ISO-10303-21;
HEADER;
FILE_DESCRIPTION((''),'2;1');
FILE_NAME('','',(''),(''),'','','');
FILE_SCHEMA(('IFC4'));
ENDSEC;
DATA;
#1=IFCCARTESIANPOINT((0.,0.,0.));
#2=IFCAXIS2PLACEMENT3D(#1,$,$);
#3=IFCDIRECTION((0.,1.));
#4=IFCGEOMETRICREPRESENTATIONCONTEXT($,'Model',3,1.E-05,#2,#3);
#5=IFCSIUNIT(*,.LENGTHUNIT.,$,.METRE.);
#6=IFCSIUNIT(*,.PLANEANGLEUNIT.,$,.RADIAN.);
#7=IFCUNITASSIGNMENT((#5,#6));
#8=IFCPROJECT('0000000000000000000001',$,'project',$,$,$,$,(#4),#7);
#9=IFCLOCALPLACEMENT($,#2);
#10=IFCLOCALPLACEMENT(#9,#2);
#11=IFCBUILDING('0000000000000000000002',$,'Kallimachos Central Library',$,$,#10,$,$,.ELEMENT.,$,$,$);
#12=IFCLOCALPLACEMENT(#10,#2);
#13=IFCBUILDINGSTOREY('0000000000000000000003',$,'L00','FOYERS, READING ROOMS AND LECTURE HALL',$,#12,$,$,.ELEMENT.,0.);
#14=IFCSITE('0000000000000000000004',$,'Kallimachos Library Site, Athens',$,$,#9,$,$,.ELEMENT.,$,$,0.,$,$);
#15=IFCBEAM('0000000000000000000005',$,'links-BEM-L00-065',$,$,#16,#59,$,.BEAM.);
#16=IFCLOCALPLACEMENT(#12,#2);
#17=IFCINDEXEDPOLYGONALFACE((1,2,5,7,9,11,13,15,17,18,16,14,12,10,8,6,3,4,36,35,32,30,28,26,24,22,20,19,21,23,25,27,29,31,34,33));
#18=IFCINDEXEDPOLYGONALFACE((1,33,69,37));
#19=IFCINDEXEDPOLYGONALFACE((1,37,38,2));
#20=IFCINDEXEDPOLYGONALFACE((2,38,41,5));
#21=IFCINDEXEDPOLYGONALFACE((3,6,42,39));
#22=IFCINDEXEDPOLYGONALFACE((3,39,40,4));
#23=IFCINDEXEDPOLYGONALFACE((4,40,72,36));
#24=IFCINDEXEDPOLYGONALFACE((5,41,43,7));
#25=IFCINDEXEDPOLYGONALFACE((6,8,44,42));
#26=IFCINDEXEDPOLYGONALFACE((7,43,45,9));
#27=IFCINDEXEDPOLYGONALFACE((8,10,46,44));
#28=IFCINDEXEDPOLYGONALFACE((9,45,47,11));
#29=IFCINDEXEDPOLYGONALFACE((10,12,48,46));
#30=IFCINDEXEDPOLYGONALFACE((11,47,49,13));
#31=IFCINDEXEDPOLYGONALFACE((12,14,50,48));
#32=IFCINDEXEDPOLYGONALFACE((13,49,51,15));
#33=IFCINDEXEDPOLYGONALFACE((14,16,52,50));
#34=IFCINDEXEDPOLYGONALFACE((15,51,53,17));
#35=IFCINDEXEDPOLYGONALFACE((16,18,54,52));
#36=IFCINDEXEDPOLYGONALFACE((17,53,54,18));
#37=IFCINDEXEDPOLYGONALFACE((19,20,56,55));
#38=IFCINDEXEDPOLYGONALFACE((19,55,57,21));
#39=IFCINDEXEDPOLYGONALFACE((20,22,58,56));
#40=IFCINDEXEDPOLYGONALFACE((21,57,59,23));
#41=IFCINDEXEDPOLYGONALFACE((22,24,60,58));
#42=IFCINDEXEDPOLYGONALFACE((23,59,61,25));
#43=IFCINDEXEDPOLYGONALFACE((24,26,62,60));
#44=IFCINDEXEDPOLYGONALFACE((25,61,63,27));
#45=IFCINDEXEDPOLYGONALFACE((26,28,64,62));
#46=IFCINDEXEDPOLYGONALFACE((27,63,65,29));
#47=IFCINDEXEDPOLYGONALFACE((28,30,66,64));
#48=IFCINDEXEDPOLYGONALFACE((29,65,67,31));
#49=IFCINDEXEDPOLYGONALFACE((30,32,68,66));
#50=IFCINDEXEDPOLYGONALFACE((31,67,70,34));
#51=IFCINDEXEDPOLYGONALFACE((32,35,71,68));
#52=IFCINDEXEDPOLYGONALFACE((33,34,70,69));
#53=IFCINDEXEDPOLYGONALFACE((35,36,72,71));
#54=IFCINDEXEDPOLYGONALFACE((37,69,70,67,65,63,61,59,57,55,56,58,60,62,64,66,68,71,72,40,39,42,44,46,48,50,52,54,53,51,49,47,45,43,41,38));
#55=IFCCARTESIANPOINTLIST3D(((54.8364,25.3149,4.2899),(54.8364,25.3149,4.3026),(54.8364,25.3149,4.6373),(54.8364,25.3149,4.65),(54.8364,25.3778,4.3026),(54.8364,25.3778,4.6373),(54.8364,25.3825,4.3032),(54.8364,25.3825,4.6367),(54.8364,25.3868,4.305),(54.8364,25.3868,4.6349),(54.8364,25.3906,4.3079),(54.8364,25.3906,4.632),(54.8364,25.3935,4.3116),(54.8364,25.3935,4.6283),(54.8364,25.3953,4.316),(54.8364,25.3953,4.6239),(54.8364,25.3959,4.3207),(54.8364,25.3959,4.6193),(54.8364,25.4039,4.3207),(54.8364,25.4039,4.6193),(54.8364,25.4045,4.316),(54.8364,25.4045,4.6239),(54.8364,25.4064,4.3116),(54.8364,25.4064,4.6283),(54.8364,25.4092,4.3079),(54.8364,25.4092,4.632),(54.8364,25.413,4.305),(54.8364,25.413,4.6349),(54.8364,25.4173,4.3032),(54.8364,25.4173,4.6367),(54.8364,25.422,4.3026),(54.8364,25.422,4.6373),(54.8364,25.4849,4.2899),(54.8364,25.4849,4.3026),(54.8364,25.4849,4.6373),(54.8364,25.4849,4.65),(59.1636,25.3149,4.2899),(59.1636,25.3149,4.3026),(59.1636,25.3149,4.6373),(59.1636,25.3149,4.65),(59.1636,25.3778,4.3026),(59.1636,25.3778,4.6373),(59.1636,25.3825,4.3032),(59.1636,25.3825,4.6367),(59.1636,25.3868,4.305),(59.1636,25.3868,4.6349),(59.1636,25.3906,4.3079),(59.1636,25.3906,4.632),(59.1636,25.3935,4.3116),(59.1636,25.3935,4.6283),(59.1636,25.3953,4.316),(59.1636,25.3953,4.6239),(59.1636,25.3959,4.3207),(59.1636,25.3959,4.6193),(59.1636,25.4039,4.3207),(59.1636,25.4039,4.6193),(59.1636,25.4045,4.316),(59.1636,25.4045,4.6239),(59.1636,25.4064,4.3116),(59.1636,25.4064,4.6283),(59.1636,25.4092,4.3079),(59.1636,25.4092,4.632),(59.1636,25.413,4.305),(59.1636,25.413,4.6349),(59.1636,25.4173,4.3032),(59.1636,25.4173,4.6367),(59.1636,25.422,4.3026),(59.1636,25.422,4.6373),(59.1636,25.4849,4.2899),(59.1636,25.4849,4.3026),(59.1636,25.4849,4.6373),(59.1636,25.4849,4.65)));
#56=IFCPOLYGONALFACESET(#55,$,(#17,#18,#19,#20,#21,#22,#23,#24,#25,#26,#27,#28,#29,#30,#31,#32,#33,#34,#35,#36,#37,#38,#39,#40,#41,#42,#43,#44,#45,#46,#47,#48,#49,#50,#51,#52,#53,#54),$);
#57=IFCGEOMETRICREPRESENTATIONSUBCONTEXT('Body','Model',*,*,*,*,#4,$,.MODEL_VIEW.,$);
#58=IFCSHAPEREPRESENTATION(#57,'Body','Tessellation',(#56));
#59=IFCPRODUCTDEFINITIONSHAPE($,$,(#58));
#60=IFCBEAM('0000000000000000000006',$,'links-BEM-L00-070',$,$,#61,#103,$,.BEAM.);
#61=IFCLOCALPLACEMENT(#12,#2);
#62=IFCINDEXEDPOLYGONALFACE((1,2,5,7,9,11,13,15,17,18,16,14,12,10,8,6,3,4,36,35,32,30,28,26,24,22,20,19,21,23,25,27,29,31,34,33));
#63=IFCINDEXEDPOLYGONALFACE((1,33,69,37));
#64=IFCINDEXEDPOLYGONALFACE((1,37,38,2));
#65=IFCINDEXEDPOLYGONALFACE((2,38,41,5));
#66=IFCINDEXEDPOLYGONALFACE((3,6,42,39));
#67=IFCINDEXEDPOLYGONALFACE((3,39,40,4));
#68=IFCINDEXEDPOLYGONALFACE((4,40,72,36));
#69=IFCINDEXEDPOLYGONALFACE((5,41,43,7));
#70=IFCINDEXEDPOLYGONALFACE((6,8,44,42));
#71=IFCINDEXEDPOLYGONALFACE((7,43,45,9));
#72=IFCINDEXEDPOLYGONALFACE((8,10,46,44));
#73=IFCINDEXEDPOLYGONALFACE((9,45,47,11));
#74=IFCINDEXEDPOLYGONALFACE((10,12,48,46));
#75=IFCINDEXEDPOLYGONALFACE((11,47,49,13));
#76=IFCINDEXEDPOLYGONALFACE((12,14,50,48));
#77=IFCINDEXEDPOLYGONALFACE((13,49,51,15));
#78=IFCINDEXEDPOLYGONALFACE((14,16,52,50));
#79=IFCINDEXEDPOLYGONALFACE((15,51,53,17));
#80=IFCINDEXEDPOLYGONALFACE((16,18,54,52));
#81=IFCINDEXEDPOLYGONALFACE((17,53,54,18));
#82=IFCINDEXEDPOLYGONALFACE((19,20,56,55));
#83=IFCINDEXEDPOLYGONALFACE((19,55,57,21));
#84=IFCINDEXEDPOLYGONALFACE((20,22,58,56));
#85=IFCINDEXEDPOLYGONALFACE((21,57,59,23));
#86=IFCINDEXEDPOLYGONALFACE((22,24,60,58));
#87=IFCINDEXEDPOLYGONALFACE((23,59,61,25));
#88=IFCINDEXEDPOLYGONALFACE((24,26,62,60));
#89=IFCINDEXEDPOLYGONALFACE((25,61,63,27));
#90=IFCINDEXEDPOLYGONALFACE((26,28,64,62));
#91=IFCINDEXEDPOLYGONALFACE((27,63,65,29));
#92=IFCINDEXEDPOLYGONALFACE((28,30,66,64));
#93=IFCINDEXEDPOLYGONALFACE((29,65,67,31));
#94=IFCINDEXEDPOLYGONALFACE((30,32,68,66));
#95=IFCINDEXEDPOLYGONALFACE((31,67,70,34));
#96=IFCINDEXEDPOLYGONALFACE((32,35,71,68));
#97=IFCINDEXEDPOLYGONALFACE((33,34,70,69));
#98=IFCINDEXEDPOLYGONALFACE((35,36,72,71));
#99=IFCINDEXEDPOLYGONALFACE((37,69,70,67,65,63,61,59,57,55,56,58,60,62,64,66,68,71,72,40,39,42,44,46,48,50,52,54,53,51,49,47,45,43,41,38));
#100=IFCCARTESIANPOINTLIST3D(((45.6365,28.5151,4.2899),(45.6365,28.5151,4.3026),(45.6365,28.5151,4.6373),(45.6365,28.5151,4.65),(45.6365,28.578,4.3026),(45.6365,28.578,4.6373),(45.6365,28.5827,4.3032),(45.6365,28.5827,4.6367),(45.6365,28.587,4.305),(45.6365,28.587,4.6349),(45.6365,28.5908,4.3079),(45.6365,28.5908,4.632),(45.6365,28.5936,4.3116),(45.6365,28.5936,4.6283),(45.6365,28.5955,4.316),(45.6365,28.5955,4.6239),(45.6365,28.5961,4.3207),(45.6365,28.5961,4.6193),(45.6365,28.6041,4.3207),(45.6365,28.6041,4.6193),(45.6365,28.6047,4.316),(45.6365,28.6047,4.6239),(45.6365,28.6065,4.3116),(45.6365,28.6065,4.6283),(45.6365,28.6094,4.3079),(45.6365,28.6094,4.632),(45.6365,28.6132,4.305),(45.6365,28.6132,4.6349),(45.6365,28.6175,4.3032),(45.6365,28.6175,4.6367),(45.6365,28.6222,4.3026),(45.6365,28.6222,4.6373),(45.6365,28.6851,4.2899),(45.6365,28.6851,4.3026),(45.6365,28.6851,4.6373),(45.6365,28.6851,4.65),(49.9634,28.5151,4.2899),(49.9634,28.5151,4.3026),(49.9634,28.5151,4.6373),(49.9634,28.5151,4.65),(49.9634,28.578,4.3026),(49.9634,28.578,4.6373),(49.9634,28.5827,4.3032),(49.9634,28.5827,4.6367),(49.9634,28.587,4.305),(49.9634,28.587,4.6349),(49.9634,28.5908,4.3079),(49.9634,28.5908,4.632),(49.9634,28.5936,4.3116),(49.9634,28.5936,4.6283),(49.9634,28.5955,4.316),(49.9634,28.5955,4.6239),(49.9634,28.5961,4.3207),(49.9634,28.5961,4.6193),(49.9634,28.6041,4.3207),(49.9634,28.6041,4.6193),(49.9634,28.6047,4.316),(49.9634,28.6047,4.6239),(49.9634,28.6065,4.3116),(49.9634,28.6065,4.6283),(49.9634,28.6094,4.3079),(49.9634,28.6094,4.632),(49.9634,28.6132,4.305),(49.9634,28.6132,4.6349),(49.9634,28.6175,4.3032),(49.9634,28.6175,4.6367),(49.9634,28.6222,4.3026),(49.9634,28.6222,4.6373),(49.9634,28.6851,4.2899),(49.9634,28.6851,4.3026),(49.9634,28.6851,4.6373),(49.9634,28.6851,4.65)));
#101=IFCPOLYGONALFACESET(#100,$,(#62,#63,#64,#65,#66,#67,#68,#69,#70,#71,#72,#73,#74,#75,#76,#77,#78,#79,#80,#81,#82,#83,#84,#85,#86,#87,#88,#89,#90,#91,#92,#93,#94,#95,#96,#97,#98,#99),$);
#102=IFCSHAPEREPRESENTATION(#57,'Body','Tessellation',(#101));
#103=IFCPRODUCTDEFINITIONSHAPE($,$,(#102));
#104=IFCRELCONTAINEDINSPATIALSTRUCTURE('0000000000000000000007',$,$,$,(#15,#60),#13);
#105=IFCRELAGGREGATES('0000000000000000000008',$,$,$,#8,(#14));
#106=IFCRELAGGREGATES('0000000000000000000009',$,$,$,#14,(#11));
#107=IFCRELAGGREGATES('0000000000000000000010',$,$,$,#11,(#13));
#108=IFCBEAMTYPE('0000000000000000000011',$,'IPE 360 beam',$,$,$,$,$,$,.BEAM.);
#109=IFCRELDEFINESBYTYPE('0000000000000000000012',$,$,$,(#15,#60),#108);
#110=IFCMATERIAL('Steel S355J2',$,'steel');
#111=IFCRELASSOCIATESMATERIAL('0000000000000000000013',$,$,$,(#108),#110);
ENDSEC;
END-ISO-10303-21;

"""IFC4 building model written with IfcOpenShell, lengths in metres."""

from ifc_helpers import new_model, si_unit, direction, frame, origin, origin_2d, place, context, subcontext, project, spatial, i_section, extrude, material, material_profile, profile_set, type_object, element, save


model = new_model("IFC4")

# Units and contexts
model_context = context("Model", 3, precision=1e-05, world=origin(), true_north=direction((0.0, 1.0)))
body_context = subcontext(model_context, "Body", "Model", "MODEL_VIEW")
ifc_project = project(units=[si_unit("LENGTHUNIT", "METRE"), si_unit("PLANEANGLEUNIT", "RADIAN")], contexts=[model_context])

# Site, building, storey
site_placement = place(None, origin())
site = spatial("IfcSite", under=ifc_project, at=site_placement, Name="Kallimachos Library Site, Athens", CompositionType="ELEMENT", RefElevation=0.0)
building_placement = place(site_placement, origin())
building = spatial("IfcBuilding", under=site, at=building_placement, Name="Kallimachos Central Library", CompositionType="ELEMENT")
storey_placement = place(building_placement, origin())
storey = spatial("IfcBuildingStorey", under=building, at=storey_placement, Name="L00", Description="FOYERS, READING ROOMS AND LECTURE HALL", CompositionType="ELEMENT", Elevation=0.0)

# Beams
ifc_material_1 = material(Name="Steel S355J2", Category="steel")
ifc_material_profile_1 = material_profile(ifc_material_1, i_section(OverallWidth=0.1699, OverallDepth=0.3601, WebThickness=0.0081, FlangeThickness=0.0127, FilletRadius=0.0181, at=origin_2d()), Name="IPE 360")
ifc_profile_set_1 = profile_set([ifc_material_profile_1], Name="Steel S355J2")
beam_type_1 = type_object("IfcBeamType", Name="IPE 360 beam", PredefinedType="BEAM", material=ifc_profile_set_1)
beam_1_placement = place(storey_placement, frame((54.8364, 25.3999, 4.47), z_axis=(1.0, 0.0, 0.0), x_axis=(0.0, 1.0, 0.0)))
element("IfcBeam", 1, at=beam_1_placement, inside=storey, type_object=beam_type_1, Name="links-BEM-L00-065", PredefinedType="BEAM", context=body_context, shape_type="SweptSolid", body=[
    extrude(i_section(OverallWidth=0.1699, OverallDepth=0.3601, WebThickness=0.0081, FlangeThickness=0.0127, FilletRadius=0.0181, at=origin_2d()), origin(), (0.0, 0.0, 1.0), 4.3271),
])
beam_2_placement = place(storey_placement, frame((45.6365, 28.6001, 4.47), z_axis=(1.0, 0.0, 0.0), x_axis=(0.0, 1.0, 0.0)))
element("IfcBeam", 2, at=beam_2_placement, inside=storey, type_object=beam_type_1, Name="links-BEM-L00-070", PredefinedType="BEAM", context=body_context, shape_type="SweptSolid", body=[
    extrude(i_section(OverallWidth=0.1699, OverallDepth=0.3601, WebThickness=0.0081, FlangeThickness=0.0127, FilletRadius=0.0181, at=origin_2d()), origin(), (0.0, 0.0, 1.0), 4.3269),
])

save(model, "model.ifc")
